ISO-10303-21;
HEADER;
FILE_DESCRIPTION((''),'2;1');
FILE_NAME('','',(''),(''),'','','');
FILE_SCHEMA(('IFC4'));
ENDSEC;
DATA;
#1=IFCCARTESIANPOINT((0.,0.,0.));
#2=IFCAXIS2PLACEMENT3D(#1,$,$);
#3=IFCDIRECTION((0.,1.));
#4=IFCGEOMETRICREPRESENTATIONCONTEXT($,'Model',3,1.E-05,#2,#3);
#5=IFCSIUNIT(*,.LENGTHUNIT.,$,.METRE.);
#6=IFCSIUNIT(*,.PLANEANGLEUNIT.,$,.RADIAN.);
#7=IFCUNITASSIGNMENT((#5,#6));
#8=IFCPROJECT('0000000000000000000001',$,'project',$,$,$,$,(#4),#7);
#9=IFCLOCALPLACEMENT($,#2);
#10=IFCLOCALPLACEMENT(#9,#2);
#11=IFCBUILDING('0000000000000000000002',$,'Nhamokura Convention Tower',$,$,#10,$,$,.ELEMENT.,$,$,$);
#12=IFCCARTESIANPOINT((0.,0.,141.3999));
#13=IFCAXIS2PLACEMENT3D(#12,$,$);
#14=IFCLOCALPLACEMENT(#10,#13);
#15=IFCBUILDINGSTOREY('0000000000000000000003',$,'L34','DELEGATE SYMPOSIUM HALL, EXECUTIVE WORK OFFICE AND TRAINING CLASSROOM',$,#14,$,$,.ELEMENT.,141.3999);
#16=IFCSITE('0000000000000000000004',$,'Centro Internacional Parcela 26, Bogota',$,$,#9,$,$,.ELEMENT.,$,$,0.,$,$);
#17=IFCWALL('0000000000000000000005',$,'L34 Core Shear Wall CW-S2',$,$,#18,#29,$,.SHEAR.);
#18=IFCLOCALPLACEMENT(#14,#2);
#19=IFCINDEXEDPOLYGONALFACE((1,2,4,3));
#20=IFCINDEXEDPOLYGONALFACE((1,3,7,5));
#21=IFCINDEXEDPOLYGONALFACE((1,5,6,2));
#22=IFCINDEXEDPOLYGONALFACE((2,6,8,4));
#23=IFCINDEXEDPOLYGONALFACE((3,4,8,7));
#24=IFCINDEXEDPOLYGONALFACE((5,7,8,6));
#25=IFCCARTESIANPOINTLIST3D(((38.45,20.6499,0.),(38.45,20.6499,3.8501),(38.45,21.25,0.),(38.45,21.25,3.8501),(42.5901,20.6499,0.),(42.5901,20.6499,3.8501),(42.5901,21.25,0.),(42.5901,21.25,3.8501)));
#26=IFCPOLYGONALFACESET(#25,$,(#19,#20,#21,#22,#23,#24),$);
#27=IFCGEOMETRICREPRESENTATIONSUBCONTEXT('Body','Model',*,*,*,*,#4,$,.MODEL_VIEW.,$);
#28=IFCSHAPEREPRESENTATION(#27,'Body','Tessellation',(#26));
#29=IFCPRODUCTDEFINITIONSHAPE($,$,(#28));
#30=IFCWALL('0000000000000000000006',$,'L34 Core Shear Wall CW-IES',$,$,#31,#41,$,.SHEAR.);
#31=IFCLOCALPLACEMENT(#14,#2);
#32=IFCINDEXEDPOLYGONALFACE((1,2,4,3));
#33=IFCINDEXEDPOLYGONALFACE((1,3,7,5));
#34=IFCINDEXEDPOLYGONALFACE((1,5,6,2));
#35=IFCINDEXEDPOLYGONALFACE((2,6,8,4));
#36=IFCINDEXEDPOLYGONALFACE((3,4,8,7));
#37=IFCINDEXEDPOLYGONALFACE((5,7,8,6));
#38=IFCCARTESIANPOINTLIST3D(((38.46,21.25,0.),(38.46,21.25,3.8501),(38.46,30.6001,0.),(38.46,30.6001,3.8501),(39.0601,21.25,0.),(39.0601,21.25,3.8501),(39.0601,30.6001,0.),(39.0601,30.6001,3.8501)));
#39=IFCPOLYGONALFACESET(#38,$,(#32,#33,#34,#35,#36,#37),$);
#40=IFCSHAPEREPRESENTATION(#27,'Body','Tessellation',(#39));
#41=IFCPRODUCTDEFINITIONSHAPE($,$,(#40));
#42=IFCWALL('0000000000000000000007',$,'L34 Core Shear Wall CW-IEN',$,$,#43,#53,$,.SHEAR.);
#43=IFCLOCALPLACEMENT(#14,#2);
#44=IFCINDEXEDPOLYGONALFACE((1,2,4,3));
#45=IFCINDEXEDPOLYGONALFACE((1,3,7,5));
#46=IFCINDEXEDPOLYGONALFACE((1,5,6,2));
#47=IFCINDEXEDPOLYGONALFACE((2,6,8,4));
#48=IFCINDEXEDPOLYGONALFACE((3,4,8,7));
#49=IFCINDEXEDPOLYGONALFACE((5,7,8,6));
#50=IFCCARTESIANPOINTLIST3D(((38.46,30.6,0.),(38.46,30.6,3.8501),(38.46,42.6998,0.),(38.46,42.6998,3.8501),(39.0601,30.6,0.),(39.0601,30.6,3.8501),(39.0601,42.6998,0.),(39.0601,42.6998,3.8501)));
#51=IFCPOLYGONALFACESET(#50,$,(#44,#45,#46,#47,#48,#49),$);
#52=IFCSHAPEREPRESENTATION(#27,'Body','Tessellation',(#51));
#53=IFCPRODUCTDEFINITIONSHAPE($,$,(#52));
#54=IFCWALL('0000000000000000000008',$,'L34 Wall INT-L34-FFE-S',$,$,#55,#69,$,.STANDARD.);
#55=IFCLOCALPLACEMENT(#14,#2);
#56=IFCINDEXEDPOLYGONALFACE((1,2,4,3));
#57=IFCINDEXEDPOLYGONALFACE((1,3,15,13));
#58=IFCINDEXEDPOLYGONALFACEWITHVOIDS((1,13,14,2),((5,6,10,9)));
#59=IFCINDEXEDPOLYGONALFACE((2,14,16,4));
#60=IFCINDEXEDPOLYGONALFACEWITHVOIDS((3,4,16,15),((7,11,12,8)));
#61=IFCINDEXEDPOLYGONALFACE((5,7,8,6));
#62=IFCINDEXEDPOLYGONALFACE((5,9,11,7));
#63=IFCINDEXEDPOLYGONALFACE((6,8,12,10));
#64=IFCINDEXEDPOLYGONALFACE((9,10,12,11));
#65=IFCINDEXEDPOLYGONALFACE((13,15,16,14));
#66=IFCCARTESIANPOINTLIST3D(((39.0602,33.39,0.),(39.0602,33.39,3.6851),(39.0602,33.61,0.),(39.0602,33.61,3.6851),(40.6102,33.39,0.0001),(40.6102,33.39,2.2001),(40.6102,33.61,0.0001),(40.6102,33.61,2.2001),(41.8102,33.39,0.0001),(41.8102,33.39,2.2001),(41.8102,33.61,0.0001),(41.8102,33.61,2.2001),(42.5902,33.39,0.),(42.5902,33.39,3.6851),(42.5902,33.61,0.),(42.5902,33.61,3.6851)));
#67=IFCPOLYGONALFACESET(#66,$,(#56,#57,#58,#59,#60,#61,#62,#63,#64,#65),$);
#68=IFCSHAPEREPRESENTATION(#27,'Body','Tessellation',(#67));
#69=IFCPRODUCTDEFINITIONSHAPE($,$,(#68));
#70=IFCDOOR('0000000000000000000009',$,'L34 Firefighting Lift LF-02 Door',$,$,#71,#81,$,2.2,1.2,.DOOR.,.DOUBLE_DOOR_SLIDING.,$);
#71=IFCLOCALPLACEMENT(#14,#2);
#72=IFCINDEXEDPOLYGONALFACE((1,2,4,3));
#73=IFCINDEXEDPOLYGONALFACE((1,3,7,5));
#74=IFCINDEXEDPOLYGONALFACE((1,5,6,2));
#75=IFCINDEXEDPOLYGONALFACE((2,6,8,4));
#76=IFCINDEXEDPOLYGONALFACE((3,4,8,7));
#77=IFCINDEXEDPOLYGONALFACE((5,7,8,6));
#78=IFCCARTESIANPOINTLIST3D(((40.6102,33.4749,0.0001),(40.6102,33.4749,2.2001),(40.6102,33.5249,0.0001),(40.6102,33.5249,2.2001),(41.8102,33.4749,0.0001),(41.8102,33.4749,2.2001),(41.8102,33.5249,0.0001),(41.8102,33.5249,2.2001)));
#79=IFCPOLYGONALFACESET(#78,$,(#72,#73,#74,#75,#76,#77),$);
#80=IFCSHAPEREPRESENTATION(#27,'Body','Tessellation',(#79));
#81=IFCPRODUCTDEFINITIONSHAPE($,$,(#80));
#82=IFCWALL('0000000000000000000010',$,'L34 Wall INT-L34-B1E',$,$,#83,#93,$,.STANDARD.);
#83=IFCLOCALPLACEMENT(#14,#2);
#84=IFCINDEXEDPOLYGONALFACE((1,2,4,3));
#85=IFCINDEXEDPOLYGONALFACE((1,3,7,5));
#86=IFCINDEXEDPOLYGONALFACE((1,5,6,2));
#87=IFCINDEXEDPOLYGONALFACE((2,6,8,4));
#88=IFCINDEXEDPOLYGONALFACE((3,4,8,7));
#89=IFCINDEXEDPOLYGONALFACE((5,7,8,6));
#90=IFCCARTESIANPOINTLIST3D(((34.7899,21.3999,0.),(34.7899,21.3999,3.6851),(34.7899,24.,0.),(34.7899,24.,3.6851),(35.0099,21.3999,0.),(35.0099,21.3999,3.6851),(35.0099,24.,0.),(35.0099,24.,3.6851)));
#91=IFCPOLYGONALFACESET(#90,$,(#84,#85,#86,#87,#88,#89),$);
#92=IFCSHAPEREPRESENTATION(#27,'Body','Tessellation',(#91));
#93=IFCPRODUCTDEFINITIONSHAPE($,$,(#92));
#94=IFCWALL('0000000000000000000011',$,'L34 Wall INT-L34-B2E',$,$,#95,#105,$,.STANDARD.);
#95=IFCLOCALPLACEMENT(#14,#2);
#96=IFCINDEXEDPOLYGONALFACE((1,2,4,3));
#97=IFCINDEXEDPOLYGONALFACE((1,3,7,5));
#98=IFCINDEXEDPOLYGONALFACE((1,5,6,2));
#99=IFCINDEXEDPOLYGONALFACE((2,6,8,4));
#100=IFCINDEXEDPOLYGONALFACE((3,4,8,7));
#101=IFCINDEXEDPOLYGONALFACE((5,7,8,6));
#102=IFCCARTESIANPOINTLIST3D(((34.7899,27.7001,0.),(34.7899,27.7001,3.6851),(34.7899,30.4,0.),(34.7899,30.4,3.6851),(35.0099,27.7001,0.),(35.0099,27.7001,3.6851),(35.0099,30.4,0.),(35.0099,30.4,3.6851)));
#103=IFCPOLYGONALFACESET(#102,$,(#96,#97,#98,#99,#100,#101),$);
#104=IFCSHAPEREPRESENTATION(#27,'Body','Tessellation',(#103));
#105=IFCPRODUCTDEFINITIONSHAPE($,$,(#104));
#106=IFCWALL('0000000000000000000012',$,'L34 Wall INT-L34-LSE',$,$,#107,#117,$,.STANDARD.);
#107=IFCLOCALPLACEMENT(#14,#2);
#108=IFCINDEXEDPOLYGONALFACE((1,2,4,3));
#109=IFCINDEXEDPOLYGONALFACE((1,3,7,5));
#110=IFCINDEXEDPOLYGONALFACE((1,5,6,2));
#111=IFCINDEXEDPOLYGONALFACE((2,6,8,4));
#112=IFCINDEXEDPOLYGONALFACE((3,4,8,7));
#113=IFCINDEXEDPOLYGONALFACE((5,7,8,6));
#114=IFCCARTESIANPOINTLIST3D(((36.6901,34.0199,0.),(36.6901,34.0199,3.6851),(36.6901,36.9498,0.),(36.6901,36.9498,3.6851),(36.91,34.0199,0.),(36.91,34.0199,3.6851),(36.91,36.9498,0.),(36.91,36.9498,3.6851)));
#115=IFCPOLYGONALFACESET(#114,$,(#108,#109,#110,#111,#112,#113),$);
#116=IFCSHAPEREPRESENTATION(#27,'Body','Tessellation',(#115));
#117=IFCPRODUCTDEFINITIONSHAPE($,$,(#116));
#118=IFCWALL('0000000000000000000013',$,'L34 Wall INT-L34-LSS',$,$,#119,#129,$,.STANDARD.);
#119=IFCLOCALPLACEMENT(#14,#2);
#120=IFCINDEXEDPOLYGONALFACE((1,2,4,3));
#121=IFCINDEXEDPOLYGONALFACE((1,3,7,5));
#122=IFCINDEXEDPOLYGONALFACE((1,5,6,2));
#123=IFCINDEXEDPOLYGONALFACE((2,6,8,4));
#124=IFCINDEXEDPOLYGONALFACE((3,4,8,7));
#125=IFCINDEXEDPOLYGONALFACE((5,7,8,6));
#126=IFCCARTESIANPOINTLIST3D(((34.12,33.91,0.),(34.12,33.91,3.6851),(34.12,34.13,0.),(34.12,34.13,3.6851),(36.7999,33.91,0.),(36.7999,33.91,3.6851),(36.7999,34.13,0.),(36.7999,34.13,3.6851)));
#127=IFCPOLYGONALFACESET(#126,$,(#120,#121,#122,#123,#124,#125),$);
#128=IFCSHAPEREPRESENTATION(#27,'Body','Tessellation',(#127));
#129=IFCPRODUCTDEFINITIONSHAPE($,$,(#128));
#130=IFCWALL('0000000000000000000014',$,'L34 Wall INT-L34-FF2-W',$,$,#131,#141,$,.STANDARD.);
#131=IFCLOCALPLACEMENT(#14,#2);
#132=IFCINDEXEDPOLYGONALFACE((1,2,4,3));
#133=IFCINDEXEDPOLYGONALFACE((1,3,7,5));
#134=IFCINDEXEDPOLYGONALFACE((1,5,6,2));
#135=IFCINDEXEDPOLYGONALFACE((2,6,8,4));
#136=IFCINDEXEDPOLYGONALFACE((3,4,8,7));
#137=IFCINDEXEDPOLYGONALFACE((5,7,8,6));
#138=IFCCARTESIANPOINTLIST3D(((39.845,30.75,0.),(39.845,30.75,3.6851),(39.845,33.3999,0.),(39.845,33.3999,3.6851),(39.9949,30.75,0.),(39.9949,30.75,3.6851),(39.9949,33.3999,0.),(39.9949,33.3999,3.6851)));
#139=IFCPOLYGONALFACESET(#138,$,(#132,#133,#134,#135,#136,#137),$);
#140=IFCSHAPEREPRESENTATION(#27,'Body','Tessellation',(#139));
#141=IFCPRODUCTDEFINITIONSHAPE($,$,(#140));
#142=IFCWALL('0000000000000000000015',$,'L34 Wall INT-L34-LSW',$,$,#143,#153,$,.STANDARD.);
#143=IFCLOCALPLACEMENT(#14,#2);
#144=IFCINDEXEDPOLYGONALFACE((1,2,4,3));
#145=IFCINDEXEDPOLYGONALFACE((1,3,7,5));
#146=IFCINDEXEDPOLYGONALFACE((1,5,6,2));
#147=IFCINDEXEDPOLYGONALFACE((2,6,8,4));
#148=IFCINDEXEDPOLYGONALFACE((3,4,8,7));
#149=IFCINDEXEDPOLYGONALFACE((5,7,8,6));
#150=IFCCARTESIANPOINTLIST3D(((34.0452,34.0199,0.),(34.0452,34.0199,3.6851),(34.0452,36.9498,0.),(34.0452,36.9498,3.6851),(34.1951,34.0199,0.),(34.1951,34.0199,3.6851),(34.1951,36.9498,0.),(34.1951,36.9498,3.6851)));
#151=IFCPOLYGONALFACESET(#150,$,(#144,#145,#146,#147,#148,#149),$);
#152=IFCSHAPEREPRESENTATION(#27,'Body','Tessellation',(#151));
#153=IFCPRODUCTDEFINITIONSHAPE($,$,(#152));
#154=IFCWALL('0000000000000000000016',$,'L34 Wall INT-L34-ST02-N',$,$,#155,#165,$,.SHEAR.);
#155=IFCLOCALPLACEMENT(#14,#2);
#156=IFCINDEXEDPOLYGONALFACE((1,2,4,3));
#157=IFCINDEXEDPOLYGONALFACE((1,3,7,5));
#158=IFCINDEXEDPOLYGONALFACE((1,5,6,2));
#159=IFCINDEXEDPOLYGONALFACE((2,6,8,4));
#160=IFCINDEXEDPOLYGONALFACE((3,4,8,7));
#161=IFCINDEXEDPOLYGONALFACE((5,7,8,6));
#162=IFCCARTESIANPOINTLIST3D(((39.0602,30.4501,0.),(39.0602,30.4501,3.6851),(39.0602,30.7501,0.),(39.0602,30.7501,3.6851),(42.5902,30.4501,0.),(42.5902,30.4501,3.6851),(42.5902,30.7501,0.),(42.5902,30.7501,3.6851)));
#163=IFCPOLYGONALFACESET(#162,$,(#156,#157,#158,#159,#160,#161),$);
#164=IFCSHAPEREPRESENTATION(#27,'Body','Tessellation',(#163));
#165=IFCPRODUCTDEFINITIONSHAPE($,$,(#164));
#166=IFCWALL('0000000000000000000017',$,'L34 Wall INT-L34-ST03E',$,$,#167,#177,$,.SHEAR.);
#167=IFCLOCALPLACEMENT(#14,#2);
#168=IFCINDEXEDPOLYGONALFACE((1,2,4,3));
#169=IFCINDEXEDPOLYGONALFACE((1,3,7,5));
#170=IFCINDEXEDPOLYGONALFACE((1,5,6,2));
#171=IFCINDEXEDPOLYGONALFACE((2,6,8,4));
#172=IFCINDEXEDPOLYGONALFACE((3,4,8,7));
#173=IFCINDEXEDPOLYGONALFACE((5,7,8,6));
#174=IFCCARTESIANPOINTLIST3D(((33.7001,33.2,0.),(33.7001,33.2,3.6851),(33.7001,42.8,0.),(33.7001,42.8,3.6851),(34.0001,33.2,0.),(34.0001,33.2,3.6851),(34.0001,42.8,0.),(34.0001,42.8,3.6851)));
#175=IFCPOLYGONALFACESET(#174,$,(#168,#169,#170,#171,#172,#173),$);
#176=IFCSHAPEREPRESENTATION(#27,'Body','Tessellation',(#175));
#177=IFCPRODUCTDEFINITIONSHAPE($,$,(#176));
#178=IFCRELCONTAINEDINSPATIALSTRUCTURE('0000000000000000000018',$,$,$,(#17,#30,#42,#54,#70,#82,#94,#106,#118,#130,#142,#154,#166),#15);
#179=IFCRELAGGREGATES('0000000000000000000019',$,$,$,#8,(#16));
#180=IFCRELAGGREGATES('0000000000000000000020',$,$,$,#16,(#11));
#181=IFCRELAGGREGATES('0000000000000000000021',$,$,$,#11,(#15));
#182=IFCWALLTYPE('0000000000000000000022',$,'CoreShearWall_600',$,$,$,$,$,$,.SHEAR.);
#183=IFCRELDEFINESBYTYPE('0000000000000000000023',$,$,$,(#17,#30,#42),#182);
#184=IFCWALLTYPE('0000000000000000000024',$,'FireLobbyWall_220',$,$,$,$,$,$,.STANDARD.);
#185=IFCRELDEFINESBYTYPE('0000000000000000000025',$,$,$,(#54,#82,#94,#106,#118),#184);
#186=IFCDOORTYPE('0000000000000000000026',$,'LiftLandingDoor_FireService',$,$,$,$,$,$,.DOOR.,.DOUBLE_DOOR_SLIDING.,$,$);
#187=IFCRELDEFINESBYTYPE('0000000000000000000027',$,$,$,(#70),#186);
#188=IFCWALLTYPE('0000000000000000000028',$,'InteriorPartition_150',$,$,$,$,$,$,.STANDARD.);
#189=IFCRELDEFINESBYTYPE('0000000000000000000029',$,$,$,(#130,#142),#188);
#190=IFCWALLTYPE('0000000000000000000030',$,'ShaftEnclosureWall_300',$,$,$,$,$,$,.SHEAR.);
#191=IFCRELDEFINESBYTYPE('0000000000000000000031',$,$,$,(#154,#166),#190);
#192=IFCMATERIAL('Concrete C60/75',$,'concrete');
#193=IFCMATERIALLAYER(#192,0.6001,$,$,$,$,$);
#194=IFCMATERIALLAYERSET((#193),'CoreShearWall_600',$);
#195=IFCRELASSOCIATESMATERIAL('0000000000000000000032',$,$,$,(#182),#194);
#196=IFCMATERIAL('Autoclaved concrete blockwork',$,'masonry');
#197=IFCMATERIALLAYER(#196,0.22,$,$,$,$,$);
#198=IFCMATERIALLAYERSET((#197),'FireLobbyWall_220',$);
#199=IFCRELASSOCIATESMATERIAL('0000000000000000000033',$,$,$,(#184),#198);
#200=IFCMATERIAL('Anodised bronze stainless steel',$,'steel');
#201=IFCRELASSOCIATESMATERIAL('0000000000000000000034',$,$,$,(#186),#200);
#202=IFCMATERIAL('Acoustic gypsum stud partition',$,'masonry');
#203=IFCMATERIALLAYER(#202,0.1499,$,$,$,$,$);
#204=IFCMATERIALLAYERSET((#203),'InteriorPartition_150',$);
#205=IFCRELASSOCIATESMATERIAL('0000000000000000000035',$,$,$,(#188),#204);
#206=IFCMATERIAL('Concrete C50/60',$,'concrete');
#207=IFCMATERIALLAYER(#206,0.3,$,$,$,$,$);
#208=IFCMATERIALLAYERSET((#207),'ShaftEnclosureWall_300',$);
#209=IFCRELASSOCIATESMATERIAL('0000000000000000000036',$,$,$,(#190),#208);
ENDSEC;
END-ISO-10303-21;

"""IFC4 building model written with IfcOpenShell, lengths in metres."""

from ifc_helpers import new_model, si_unit, direction, frame, frame_2d, origin, place, context, subcontext, project, spatial, rectangle, extrude, material, layer, layer_set, type_object, element, fill, save


model = new_model("IFC4")

# Units and contexts
model_context = context("Model", 3, precision=1e-05, world=origin(), true_north=direction((0.0, 1.0)))
body_context = subcontext(model_context, "Body", "Model", "MODEL_VIEW")
ifc_project = project(units=[si_unit("LENGTHUNIT", "METRE"), si_unit("PLANEANGLEUNIT", "RADIAN")], contexts=[model_context])

# Site, building, storey
site_placement = place(None, origin())
site = spatial("IfcSite", under=ifc_project, at=site_placement, Name="Centro Internacional Parcela 26, Bogota", CompositionType="ELEMENT", RefElevation=0.0)
building_placement = place(site_placement, origin())
building = spatial("IfcBuilding", under=site, at=building_placement, Name="Nhamokura Convention Tower", CompositionType="ELEMENT")
storey_placement = place(building_placement, frame((0.0, 0.0, 141.3999)))
storey = spatial("IfcBuildingStorey", under=building, at=storey_placement, Name="L34", Description="DELEGATE SYMPOSIUM HALL, EXECUTIVE WORK OFFICE AND TRAINING CLASSROOM", CompositionType="ELEMENT", Elevation=141.3999)

# Walls
ifc_material_1 = material(Name="Concrete C60/75", Category="concrete")
ifc_layer_1 = layer(ifc_material_1, 0.6001)
ifc_layer_set_1 = layer_set([ifc_layer_1], Name="CoreShearWall_600")
wall_type_1 = type_object("IfcWallType", Name="CoreShearWall_600", PredefinedType="SHEAR", material=ifc_layer_set_1)
wall_1_placement = place(storey_placement, frame((38.45, 20.95, 0.0), z_axis=(0.0, 0.0, 1.0), x_axis=(1.0, 0.0, 0.0)))
element("IfcWall", 1, at=wall_1_placement, inside=storey, type_object=wall_type_1, Name="L34 Core Shear Wall CW-S2", PredefinedType="SHEAR", context=body_context, shape_type="SweptSolid", body=[
    extrude(rectangle(XDim=4.1401, YDim=0.6001, at=frame_2d((2.0701, 0.0))), origin(), (0.0, 0.0, 1.0), 3.8501),
])
wall_2_placement = place(storey_placement, frame((38.76, 21.25, 0.0), z_axis=(0.0, 0.0, 1.0), x_axis=(0.0, 1.0, 0.0)))
element("IfcWall", 2, at=wall_2_placement, inside=storey, type_object=wall_type_1, Name="L34 Core Shear Wall CW-IES", PredefinedType="SHEAR", context=body_context, shape_type="SweptSolid", body=[
    extrude(rectangle(XDim=9.3501, YDim=0.6001, at=frame_2d((4.675, 0.0))), origin(), (0.0, 0.0, 1.0), 3.8501),
])
wall_3_placement = place(storey_placement, frame((38.76, 30.6001, 0.0), z_axis=(0.0, 0.0, 1.0), x_axis=(0.0, 1.0, 0.0)))
element("IfcWall", 3, at=wall_3_placement, inside=storey, type_object=wall_type_1, Name="L34 Core Shear Wall CW-IEN", PredefinedType="SHEAR", context=body_context, shape_type="SweptSolid", body=[
    extrude(rectangle(XDim=12.0999, YDim=0.6001, at=frame_2d((6.0498, 0.0))), origin(), (0.0, 0.0, 1.0), 3.8501),
])

# Wall, opening, door
ifc_material_2 = material(Name="Autoclaved concrete blockwork", Category="masonry")
ifc_layer_2 = layer(ifc_material_2, 0.22)
ifc_layer_set_2 = layer_set([ifc_layer_2], Name="FireLobbyWall_220")
wall_type_2 = type_object("IfcWallType", Name="FireLobbyWall_220", PredefinedType="STANDARD", material=ifc_layer_set_2)
wall_4_placement = place(storey_placement, frame((39.0601, 33.5, 0.0), z_axis=(0.0, 0.0, 1.0), x_axis=(1.0, 0.0, 0.0)))
wall_4 = element("IfcWall", 4, at=wall_4_placement, inside=storey, type_object=wall_type_2, Name="L34 Wall INT-L34-FFE-S", PredefinedType="STANDARD", context=body_context, shape_type="SweptSolid", body=[
    extrude(rectangle(XDim=3.53, YDim=0.22, at=frame_2d((1.7651, 0.0))), origin(), (0.0, 0.0, 1.0), 3.6851),
])
opening_placement = place(wall_4_placement, frame((1.55, 0.0, 0.0)))
opening = element("IfcOpeningElement", 5, at=opening_placement, cuts=wall_4, PredefinedType="OPENING", context=body_context, shape_type="SweptSolid", body=[
    extrude(rectangle(XDim=1.2, YDim=2.2, at=frame_2d((0.6001, 1.1001))), frame((0.0, 0.1199, 0.0), z_axis=(0.0, -1.0, 0.0), x_axis=(1.0, 0.0, 0.0)), (0.0, 0.0, 1.0), 0.24),
])
ifc_material_3 = material(Name="Anodised bronze stainless steel", Category="steel")
door_type = type_object("IfcDoorType", Name="LiftLandingDoor_FireService", OperationType="DOUBLE_DOOR_SLIDING", PredefinedType="DOOR", material=ifc_material_3)
door_placement = place(opening_placement, origin())
door = element("IfcDoor", 6, at=door_placement, inside=storey, type_object=door_type, Name="L34 Firefighting Lift LF-02 Door", OperationType="DOUBLE_DOOR_SLIDING", OverallHeight=2.2, OverallWidth=1.2, PredefinedType="DOOR", context=body_context, shape_type="SweptSolid", body=[
    extrude(rectangle(XDim=1.2, YDim=2.2, at=frame_2d((0.6001, 1.1001))), frame((0.0, 0.0249, 0.0), z_axis=(0.0, -1.0, 0.0), x_axis=(1.0, 0.0, 0.0)), (0.0, 0.0, 1.0), 0.05),
])
fill(opening, door)

# Walls
wall_5_placement = place(storey_placement, frame((34.8999, 21.3999, 0.0), z_axis=(0.0, 0.0, 1.0), x_axis=(0.0, 1.0, 0.0)))
element("IfcWall", 7, at=wall_5_placement, inside=storey, type_object=wall_type_2, Name="L34 Wall INT-L34-B1E", PredefinedType="STANDARD", context=body_context, shape_type="SweptSolid", body=[
    extrude(rectangle(XDim=2.6001, YDim=0.22, at=frame_2d((1.3, 0.0))), origin(), (0.0, 0.0, 1.0), 3.6851),
])
wall_6_placement = place(storey_placement, frame((34.8999, 27.7, 0.0), z_axis=(0.0, 0.0, 1.0), x_axis=(0.0, 1.0, 0.0)))
element("IfcWall", 8, at=wall_6_placement, inside=storey, type_object=wall_type_2, Name="L34 Wall INT-L34-B2E", PredefinedType="STANDARD", context=body_context, shape_type="SweptSolid", body=[
    extrude(rectangle(XDim=2.7, YDim=0.22, at=frame_2d((1.3501, 0.0))), origin(), (0.0, 0.0, 1.0), 3.6851),
])
wall_7_placement = place(storey_placement, frame((36.8, 34.02, 0.0), z_axis=(0.0, 0.0, 1.0), x_axis=(0.0, 1.0, 0.0)))
element("IfcWall", 9, at=wall_7_placement, inside=storey, type_object=wall_type_2, Name="L34 Wall INT-L34-LSE", PredefinedType="STANDARD", context=body_context, shape_type="SweptSolid", body=[
    extrude(rectangle(XDim=2.9299, YDim=0.22, at=frame_2d((1.4648, 0.0))), origin(), (0.0, 0.0, 1.0), 3.6851),
])
wall_8_placement = place(storey_placement, frame((34.1201, 34.02, 0.0), z_axis=(0.0, 0.0, 1.0), x_axis=(1.0, 0.0, 0.0)))
element("IfcWall", 10, at=wall_8_placement, inside=storey, type_object=wall_type_2, Name="L34 Wall INT-L34-LSS", PredefinedType="STANDARD", context=body_context, shape_type="SweptSolid", body=[
    extrude(rectangle(XDim=2.6799, YDim=0.22, at=frame_2d((1.3398, 0.0))), origin(), (0.0, 0.0, 1.0), 3.6851),
])
ifc_material_4 = material(Name="Acoustic gypsum stud partition", Category="masonry")
ifc_layer_3 = layer(ifc_material_4, 0.1499)
ifc_layer_set_3 = layer_set([ifc_layer_3], Name="InteriorPartition_150")
wall_type_3 = type_object("IfcWallType", Name="InteriorPartition_150", PredefinedType="STANDARD", material=ifc_layer_set_3)
wall_9_placement = place(storey_placement, frame((39.9199, 30.75, 0.0), z_axis=(0.0, 0.0, 1.0), x_axis=(0.0, 1.0, 0.0)))
element("IfcWall", 11, at=wall_9_placement, inside=storey, type_object=wall_type_3, Name="L34 Wall INT-L34-FF2-W", PredefinedType="STANDARD", context=body_context, shape_type="SweptSolid", body=[
    extrude(rectangle(XDim=2.6499, YDim=0.1499, at=frame_2d((1.325, 0.0))), origin(), (0.0, 0.0, 1.0), 3.6851),
])
wall_10_placement = place(storey_placement, frame((34.1201, 34.02, 0.0), z_axis=(0.0, 0.0, 1.0), x_axis=(0.0, 1.0, 0.0)))
element("IfcWall", 12, at=wall_10_placement, inside=storey, type_object=wall_type_3, Name="L34 Wall INT-L34-LSW", PredefinedType="STANDARD", context=body_context, shape_type="SweptSolid", body=[
    extrude(rectangle(XDim=2.9299, YDim=0.1499, at=frame_2d((1.4648, 0.0))), origin(), (0.0, 0.0, 1.0), 3.6851),
])
ifc_material_5 = material(Name="Concrete C50/60", Category="concrete")
ifc_layer_4 = layer(ifc_material_5, 0.3)
ifc_layer_set_4 = layer_set([ifc_layer_4], Name="ShaftEnclosureWall_300")
wall_type_4 = type_object("IfcWallType", Name="ShaftEnclosureWall_300", PredefinedType="SHEAR", material=ifc_layer_set_4)
wall_11_placement = place(storey_placement, frame((39.0601, 30.6001, 0.0), z_axis=(0.0, 0.0, 1.0), x_axis=(1.0, 0.0, 0.0)))
element("IfcWall", 13, at=wall_11_placement, inside=storey, type_object=wall_type_4, Name="L34 Wall INT-L34-ST02-N", PredefinedType="SHEAR", context=body_context, shape_type="SweptSolid", body=[
    extrude(rectangle(XDim=3.53, YDim=0.3, at=frame_2d((1.7651, 0.0))), origin(), (0.0, 0.0, 1.0), 3.6851),
])
wall_12_placement = place(storey_placement, frame((33.8501, 33.2, 0.0), z_axis=(0.0, 0.0, 1.0), x_axis=(0.0, 1.0, 0.0)))
element("IfcWall", 14, at=wall_12_placement, inside=storey, type_object=wall_type_4, Name="L34 Wall INT-L34-ST03E", PredefinedType="SHEAR", context=body_context, shape_type="SweptSolid", body=[
    extrude(rectangle(XDim=9.6001, YDim=0.3, at=frame_2d((4.8, 0.0))), origin(), (0.0, 0.0, 1.0), 3.6851),
])

save(model, "model.ifc")
